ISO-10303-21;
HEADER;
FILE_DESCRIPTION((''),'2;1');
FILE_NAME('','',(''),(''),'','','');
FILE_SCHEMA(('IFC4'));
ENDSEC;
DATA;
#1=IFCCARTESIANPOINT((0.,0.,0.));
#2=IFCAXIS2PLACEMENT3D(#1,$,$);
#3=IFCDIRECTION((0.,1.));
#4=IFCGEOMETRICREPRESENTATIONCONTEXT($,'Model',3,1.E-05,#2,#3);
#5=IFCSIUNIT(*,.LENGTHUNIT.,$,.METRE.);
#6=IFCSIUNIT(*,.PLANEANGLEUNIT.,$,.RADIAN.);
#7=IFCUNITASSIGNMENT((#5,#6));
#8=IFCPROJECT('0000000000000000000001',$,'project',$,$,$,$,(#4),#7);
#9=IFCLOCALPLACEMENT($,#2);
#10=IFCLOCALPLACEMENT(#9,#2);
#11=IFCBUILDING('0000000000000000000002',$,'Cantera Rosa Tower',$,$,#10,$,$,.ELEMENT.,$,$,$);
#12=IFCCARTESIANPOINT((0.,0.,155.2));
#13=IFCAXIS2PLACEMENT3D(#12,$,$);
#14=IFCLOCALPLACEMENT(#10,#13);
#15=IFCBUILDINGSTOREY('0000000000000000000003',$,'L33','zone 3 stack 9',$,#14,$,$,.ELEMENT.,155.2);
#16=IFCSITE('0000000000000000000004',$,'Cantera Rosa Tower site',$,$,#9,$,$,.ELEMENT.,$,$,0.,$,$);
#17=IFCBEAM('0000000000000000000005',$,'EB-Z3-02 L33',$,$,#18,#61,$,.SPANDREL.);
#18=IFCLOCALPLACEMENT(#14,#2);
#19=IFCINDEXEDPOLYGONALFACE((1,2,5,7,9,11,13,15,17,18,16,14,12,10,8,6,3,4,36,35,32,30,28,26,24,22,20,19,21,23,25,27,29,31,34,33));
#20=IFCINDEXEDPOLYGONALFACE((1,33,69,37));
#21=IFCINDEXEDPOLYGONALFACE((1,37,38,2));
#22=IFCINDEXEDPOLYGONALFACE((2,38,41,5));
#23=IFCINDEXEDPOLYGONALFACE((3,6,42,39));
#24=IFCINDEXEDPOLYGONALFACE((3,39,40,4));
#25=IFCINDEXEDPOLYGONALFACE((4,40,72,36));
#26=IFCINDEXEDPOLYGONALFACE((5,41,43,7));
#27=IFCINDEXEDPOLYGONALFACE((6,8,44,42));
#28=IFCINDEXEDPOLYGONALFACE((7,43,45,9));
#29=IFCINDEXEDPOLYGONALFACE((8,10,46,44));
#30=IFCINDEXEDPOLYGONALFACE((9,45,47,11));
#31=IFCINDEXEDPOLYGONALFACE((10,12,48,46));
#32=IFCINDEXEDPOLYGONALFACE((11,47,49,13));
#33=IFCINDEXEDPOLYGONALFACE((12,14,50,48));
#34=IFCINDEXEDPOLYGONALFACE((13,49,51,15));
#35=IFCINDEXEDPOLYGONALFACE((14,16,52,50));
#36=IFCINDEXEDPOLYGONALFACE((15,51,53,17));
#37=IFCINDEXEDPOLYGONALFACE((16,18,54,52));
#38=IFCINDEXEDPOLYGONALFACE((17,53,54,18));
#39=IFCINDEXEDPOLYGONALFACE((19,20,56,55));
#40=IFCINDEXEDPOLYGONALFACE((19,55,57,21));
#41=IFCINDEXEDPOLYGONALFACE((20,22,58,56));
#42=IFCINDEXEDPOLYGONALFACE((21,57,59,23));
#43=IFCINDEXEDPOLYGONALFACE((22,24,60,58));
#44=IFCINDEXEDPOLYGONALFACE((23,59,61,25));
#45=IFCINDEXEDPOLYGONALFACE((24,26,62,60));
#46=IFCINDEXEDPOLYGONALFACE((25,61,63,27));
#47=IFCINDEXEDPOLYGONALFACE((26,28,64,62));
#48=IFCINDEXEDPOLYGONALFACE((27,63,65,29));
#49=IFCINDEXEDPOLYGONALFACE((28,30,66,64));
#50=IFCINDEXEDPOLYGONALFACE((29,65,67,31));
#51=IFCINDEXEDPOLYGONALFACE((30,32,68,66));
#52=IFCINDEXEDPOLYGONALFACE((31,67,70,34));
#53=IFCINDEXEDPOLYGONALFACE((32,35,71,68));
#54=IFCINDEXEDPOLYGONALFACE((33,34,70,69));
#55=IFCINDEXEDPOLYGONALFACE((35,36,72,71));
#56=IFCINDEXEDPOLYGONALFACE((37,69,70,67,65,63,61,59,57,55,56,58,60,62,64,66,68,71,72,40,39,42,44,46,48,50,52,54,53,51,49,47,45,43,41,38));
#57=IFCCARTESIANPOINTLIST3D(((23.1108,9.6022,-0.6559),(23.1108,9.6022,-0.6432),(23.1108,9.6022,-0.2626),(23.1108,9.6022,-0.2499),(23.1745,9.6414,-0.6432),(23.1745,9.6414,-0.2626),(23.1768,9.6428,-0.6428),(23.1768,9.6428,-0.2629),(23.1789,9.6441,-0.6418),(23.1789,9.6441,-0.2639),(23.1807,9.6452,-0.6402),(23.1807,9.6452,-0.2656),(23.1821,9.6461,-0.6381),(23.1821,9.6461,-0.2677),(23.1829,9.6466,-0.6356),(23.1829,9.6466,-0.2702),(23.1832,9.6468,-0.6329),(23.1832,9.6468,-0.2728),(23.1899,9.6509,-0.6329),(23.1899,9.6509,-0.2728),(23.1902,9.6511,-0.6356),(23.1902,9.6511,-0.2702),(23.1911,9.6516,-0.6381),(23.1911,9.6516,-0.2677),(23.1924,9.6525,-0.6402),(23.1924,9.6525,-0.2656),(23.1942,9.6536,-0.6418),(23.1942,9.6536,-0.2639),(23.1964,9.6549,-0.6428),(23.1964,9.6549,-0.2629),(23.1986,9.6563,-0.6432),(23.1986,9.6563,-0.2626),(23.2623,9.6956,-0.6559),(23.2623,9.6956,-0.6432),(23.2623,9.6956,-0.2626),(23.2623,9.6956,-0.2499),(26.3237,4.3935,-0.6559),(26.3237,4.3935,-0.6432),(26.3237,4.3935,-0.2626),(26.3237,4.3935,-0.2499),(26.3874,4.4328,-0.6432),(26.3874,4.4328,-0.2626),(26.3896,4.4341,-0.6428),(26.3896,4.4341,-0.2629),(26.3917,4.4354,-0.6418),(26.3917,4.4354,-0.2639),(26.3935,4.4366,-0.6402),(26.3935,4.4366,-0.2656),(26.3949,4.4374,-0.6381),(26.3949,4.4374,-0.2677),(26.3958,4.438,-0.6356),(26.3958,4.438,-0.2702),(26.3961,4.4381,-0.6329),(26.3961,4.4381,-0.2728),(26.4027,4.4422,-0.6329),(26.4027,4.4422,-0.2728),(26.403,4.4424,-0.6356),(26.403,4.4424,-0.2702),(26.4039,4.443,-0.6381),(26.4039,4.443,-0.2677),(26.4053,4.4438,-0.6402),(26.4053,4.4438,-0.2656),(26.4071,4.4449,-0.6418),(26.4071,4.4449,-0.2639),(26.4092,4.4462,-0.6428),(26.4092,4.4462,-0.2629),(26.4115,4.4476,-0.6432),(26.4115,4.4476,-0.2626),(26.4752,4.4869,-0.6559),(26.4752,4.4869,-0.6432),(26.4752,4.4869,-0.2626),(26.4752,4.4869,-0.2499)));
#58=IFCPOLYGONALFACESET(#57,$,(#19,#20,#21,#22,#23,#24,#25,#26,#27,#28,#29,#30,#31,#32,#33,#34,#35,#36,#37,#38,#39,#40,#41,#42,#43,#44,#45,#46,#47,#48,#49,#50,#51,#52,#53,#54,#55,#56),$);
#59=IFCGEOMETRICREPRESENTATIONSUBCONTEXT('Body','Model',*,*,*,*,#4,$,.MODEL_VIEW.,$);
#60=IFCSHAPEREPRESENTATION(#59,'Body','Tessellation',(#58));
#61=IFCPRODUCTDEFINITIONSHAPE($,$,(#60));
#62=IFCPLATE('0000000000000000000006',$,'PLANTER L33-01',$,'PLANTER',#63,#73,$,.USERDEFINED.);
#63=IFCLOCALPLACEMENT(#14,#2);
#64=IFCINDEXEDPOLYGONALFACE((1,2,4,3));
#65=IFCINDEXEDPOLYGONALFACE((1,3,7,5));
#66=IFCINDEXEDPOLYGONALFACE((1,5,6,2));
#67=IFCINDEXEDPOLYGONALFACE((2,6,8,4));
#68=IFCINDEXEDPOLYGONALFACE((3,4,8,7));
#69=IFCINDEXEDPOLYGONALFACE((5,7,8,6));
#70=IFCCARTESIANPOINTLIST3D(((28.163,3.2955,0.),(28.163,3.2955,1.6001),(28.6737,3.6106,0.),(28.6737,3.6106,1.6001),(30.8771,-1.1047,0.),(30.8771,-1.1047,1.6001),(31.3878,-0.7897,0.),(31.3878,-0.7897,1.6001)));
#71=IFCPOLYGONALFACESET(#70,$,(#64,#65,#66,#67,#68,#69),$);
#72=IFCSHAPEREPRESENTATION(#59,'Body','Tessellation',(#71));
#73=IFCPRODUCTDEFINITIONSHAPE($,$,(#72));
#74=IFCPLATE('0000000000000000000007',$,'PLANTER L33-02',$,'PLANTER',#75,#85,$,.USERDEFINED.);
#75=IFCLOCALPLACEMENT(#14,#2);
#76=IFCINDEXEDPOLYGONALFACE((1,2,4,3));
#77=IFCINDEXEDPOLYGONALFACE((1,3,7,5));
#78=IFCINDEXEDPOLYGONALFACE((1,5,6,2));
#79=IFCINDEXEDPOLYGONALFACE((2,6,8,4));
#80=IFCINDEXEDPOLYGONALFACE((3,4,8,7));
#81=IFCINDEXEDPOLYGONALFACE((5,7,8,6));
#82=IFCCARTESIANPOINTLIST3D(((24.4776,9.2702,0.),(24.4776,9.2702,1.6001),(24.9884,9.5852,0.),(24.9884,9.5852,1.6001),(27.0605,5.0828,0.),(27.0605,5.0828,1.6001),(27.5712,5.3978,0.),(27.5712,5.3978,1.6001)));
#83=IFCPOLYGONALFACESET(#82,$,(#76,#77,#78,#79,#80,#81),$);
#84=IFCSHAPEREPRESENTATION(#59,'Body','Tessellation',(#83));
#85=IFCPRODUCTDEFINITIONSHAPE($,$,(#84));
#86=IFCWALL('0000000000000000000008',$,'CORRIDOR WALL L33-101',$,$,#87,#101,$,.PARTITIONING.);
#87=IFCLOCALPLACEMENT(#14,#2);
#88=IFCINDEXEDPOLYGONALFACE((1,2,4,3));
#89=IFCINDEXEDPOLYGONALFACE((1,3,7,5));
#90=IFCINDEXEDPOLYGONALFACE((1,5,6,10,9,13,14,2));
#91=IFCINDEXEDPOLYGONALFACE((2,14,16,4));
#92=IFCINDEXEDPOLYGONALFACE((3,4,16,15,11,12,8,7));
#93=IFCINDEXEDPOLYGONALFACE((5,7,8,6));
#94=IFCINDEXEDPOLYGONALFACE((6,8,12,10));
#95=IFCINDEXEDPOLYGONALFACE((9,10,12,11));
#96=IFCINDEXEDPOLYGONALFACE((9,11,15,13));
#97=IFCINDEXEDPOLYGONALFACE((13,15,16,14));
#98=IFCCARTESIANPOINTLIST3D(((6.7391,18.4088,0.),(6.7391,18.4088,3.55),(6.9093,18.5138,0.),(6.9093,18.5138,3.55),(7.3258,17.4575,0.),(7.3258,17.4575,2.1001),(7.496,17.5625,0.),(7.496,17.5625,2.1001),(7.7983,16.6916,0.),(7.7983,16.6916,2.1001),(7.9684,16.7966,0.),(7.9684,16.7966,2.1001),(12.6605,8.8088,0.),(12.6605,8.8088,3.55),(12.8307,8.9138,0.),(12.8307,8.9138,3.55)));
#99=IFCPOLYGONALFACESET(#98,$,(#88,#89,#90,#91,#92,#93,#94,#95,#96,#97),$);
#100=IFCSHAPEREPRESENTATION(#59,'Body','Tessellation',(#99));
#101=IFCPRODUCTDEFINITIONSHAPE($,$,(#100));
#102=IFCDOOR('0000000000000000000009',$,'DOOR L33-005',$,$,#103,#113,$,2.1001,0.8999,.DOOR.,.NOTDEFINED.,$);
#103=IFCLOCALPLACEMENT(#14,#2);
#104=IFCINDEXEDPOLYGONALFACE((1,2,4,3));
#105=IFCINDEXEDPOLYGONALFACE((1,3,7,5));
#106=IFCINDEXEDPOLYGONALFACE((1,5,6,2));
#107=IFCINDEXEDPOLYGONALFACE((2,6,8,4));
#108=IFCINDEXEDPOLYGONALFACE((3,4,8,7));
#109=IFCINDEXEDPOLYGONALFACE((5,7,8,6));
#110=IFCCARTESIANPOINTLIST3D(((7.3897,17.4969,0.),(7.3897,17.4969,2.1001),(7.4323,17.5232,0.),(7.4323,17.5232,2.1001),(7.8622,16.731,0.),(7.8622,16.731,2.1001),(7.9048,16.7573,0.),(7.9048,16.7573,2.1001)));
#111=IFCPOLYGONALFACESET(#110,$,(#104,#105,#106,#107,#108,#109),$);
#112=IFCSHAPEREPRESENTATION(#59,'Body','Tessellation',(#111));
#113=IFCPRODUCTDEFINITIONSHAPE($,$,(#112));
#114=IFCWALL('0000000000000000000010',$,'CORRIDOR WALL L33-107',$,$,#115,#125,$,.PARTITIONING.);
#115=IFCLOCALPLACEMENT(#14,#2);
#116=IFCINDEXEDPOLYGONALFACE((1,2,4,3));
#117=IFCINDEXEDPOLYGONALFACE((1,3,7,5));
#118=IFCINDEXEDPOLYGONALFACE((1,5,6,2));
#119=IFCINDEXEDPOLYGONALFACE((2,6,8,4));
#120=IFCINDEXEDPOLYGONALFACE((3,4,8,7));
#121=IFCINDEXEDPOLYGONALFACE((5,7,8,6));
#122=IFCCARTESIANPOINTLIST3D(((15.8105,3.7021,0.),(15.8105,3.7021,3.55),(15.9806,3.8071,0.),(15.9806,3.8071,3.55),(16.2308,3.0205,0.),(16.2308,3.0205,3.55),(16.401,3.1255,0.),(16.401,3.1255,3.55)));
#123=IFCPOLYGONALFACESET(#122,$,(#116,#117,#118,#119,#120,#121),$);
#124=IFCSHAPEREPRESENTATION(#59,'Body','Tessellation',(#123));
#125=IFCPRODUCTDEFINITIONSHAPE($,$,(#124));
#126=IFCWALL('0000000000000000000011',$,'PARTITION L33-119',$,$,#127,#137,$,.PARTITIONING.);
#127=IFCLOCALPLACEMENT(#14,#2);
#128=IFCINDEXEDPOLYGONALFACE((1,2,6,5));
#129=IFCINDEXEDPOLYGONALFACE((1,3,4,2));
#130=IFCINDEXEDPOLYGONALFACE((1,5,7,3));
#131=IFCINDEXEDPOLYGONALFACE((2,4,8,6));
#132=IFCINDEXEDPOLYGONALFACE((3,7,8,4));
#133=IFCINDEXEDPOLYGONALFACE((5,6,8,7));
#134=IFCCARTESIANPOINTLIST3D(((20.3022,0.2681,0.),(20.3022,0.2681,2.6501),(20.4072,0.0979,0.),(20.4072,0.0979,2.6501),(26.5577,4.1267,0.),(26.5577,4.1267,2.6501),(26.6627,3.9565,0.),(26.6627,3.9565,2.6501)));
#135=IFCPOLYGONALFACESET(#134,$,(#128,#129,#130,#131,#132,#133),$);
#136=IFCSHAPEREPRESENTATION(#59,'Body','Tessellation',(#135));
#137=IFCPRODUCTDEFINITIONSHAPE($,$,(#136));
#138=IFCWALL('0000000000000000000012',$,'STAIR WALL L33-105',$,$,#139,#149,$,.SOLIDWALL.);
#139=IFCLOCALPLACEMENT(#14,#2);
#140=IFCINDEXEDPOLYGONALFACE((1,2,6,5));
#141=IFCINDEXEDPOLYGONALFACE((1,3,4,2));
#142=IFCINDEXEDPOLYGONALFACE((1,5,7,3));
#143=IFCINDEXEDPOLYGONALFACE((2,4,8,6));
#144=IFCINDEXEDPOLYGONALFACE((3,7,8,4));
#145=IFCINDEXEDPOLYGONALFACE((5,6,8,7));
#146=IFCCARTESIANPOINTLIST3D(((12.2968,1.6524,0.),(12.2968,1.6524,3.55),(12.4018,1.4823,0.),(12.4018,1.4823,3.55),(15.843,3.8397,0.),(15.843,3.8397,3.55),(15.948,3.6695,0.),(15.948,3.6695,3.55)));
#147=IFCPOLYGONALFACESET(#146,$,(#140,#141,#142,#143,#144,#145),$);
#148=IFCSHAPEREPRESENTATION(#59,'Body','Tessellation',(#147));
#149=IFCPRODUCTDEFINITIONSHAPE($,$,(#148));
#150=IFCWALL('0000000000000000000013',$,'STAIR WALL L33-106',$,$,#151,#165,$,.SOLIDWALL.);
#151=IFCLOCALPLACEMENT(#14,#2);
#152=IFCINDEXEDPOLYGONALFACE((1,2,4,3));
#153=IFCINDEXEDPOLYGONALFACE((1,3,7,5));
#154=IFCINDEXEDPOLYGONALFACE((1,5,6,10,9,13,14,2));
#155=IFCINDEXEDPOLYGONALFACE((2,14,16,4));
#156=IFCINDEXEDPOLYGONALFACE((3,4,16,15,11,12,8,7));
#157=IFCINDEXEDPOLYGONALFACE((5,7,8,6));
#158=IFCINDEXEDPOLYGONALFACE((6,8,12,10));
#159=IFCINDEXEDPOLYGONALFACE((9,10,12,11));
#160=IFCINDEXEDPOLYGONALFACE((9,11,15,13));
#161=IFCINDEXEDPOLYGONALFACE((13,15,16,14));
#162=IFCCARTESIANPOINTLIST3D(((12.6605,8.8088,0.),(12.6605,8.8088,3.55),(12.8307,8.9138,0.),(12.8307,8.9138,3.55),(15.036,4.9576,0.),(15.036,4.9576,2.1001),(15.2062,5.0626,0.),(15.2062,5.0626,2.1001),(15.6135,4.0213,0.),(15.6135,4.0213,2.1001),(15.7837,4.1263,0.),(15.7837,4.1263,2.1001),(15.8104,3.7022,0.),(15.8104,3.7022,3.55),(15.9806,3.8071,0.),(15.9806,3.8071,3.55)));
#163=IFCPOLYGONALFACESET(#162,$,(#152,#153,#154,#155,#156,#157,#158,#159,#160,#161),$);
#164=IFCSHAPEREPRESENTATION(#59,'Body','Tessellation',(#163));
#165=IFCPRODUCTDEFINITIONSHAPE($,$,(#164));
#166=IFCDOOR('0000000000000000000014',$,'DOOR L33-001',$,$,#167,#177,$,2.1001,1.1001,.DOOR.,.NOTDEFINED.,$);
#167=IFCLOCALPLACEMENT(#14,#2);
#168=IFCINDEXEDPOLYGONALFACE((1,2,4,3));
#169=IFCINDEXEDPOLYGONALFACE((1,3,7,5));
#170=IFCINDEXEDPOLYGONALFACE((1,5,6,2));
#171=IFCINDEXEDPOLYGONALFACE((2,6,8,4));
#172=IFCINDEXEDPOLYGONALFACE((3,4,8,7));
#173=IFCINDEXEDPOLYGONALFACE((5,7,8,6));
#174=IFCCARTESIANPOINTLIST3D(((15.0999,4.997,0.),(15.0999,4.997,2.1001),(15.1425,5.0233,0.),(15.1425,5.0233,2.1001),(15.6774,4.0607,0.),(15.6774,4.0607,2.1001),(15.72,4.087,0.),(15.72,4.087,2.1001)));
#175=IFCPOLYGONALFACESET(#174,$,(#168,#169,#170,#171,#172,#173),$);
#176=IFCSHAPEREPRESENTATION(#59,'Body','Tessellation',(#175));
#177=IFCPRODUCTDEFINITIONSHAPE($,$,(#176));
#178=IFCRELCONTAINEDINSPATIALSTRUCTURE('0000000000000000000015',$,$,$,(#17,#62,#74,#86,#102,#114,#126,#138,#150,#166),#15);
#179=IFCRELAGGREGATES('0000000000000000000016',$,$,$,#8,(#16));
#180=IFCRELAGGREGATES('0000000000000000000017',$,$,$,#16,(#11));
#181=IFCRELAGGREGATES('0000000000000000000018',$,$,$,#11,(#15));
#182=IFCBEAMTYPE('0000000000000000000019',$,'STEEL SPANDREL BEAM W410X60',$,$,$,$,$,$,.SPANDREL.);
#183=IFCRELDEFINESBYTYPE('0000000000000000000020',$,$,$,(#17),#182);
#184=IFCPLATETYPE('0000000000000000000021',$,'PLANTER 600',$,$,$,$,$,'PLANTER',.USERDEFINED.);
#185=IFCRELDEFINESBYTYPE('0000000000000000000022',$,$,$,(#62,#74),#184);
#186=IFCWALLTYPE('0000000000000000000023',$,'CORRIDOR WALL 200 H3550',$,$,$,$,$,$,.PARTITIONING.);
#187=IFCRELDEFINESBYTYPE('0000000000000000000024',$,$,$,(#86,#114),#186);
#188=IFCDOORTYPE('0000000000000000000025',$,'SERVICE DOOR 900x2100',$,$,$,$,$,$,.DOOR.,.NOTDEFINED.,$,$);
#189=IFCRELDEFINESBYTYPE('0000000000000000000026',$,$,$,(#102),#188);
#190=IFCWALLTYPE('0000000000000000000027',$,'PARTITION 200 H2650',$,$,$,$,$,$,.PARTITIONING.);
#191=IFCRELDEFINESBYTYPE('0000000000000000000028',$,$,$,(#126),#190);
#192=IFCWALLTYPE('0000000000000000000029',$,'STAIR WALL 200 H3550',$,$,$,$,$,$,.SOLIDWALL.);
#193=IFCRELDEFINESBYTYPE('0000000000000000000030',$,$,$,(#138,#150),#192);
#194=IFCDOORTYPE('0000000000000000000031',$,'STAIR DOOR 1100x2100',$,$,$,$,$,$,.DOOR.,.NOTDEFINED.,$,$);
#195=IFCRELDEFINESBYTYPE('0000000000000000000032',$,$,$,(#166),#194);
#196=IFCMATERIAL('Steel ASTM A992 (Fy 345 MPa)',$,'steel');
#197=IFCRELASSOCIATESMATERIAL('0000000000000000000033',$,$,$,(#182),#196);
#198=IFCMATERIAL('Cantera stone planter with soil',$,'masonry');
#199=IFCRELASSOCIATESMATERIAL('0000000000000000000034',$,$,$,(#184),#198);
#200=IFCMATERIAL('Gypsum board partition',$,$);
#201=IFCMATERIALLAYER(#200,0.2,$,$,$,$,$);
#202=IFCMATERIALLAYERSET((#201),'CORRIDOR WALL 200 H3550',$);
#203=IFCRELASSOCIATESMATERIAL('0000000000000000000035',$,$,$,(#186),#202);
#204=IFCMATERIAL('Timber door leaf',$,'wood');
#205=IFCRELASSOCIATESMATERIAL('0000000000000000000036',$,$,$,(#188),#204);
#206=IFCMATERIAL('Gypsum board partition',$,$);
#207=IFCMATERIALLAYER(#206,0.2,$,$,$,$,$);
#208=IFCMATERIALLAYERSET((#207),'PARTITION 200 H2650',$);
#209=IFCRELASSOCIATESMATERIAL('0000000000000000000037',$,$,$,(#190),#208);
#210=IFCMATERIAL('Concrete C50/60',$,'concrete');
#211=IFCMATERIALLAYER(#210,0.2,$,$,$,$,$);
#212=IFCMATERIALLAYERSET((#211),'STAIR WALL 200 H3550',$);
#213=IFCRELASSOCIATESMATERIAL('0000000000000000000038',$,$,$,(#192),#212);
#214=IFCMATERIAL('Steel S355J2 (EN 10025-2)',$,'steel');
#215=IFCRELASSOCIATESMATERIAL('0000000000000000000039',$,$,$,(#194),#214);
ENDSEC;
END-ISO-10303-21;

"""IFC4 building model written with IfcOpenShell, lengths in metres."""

from ifc_helpers import new_model, si_unit, direction, frame, frame_2d, origin, origin_2d, place, context, subcontext, project, spatial, rectangle, i_section, extrude, material, layer, layer_set, material_profile, profile_set, type_object, element, fill, save


model = new_model("IFC4")

# Units and contexts
model_context = context("Model", 3, precision=1e-05, world=origin(), true_north=direction((0.0, 1.0)))
body_context = subcontext(model_context, "Body", "Model", "MODEL_VIEW")
ifc_project = project(units=[si_unit("LENGTHUNIT", "METRE"), si_unit("PLANEANGLEUNIT", "RADIAN")], contexts=[model_context])

# Site, building, storey
site_placement = place(None, origin())
site = spatial("IfcSite", under=ifc_project, at=site_placement, Name="Cantera Rosa Tower site", CompositionType="ELEMENT", RefElevation=0.0)
building_placement = place(site_placement, origin())
building = spatial("IfcBuilding", under=site, at=building_placement, Name="Cantera Rosa Tower", CompositionType="ELEMENT")
storey_placement = place(building_placement, frame((0.0, 0.0, 155.2)))
storey = spatial("IfcBuildingStorey", under=building, at=storey_placement, Name="L33", Description="zone 3 stack 9", CompositionType="ELEMENT", Elevation=155.2)

# Beam
ifc_material_1 = material(Name="Steel ASTM A992 (Fy 345 MPa)", Category="steel")
ifc_material_profile_1 = material_profile(ifc_material_1, i_section(OverallWidth=0.178, OverallDepth=0.406, WebThickness=0.0078, FlangeThickness=0.0127, FilletRadius=0.0103, at=origin_2d()), Name="W410X60")
ifc_profile_set_1 = profile_set([ifc_material_profile_1], Name="Steel ASTM A992 (Fy 345 MPa)")
beam_type_1 = type_object("IfcBeamType", Name="STEEL SPANDREL BEAM W410X60", PredefinedType="SPANDREL", material=ifc_profile_set_1)
beam_1_placement = place(storey_placement, frame((26.3994, 4.4402, -0.4529), z_axis=(-0.524987, 0.85111, 0.0), x_axis=(-0.85111, -0.524987, 0.0)))
element("IfcBeam", 1, at=beam_1_placement, inside=storey, type_object=beam_type_1, Name="EB-Z3-02 L33", PredefinedType="SPANDREL", context=body_context, shape_type="SweptSolid", body=[
    extrude(i_section(OverallWidth=0.178, OverallDepth=0.406, WebThickness=0.0078, FlangeThickness=0.0127, FilletRadius=0.0103, at=origin_2d()), origin(), (0.0, 0.0, 1.0), 6.1199),
])

# Plates
ifc_material_2 = material(Name="Cantera stone planter with soil", Category="masonry")
plate_type = type_object("IfcPlateType", Name="PLANTER 600", ElementType="PLANTER", PredefinedType="USERDEFINED", material=ifc_material_2)
plate_1_placement = place(storey_placement, frame((29.7754, 1.2529, 0.0), z_axis=(0.0, 0.0, 1.0), x_axis=(-0.524977, 0.851117, 0.0)))
element("IfcPlate", 2, at=plate_1_placement, inside=storey, type_object=plate_type, Name="PLANTER L33-01", ObjectType="PLANTER", PredefinedType="USERDEFINED", context=body_context, shape_type="SweptSolid", body=[
    extrude(rectangle(XDim=5.1699, YDim=0.6001, at=origin_2d()), origin(), (0.0, 0.0, 1.0), 1.6001),
])
plate_2_placement = place(storey_placement, frame((26.0244, 7.334, 0.0), z_axis=(0.0, 0.0, 1.0), x_axis=(-0.524977, 0.851117, 0.0)))
element("IfcPlate", 3, at=plate_2_placement, inside=storey, type_object=plate_type, Name="PLANTER L33-02", ObjectType="PLANTER", PredefinedType="USERDEFINED", context=body_context, shape_type="SweptSolid", body=[
    extrude(rectangle(XDim=4.9199, YDim=0.6001, at=origin_2d()), origin(), (0.0, 0.0, 1.0), 1.6001),
])

# Wall, opening, door
ifc_material_3 = material(Name="Gypsum board partition")
ifc_layer_1 = layer(ifc_material_3, 0.2)
ifc_layer_set_1 = layer_set([ifc_layer_1], Name="CORRIDOR WALL 200 H3550")
wall_type_1 = type_object("IfcWallType", Name="CORRIDOR WALL 200 H3550", PredefinedType="PARTITIONING", material=ifc_layer_set_1)
wall_1_placement = place(storey_placement, frame((12.7456, 8.8613, 0.0), z_axis=(0.0, 0.0, 1.0), x_axis=(-0.524984, 0.851112, 0.0)))
wall_1 = element("IfcWall", 4, at=wall_1_placement, inside=storey, type_object=wall_type_1, Name="CORRIDOR WALL L33-101", PredefinedType="PARTITIONING", context=body_context, shape_type="SweptSolid", body=[
    extrude(rectangle(XDim=11.2793, YDim=0.2, at=frame_2d((5.6396, 0.0))), origin(), (0.0, 0.0, 1.0), 3.55),
])
opening_1_placement = place(wall_1_placement, frame((9.2617, 0.0, 0.0)))
opening_1 = element("IfcOpeningElement", 5, at=opening_1_placement, cuts=wall_1, PredefinedType="OPENING", context=body_context, shape_type="SweptSolid", body=[
    extrude(rectangle(XDim=0.8999, YDim=2.1001, at=frame_2d((0.45, 1.05))), frame((0.0, 0.1099, 0.0), z_axis=(0.0, -1.0, 0.0), x_axis=(1.0, 0.0, 0.0)), (0.0, 0.0, 1.0), 0.22),
])
ifc_material_4 = material(Name="Timber door leaf", Category="wood")
door_type_1 = type_object("IfcDoorType", Name="SERVICE DOOR 900x2100", OperationType="NOTDEFINED", PredefinedType="DOOR", material=ifc_material_4)
door_1_placement = place(opening_1_placement, origin())
door_1 = element("IfcDoor", 6, at=door_1_placement, inside=storey, type_object=door_type_1, Name="DOOR L33-005", OperationType="NOTDEFINED", OverallHeight=2.1001, OverallWidth=0.8999, PredefinedType="DOOR", context=body_context, shape_type="SweptSolid", body=[
    extrude(rectangle(XDim=0.8999, YDim=2.1001, at=frame_2d((0.45, 1.05))), frame((0.0, 0.0249, 0.0), z_axis=(0.0, -1.0, 0.0), x_axis=(1.0, 0.0, 0.0)), (0.0, 0.0, 1.0), 0.05),
])
fill(opening_1, door_1)

# Wall
wall_2_placement = place(storey_placement, frame((16.3159, 3.073, 0.0), z_axis=(0.0, 0.0, 1.0), x_axis=(-0.524948, 0.851135, 0.0)))
element("IfcWall", 7, at=wall_2_placement, inside=storey, type_object=wall_type_1, Name="CORRIDOR WALL L33-107", PredefinedType="PARTITIONING", context=body_context, shape_type="SweptSolid", body=[
    extrude(rectangle(XDim=0.8008, YDim=0.2, at=frame_2d((0.4004, 0.0))), origin(), (0.0, 0.0, 1.0), 3.55),
])

# Walls
ifc_material_5 = material(Name="Gypsum board partition")
ifc_layer_2 = layer(ifc_material_5, 0.2)
ifc_layer_set_2 = layer_set([ifc_layer_2], Name="PARTITION 200 H2650")
wall_type_2 = type_object("IfcWallType", Name="PARTITION 200 H2650", PredefinedType="PARTITIONING", material=ifc_layer_set_2)
wall_3_placement = place(storey_placement, frame((26.6101, 4.0415, 0.0), z_axis=(0.0, 0.0, 1.0), x_axis=(-0.851109, -0.524989, 0.0)))
element("IfcWall", 8, at=wall_3_placement, inside=storey, type_object=wall_type_2, Name="PARTITION L33-119", PredefinedType="PARTITIONING", context=body_context, shape_type="SweptSolid", body=[
    extrude(rectangle(XDim=7.3499, YDim=0.2, at=frame_2d((3.6748, 0.0))), origin(), (0.0, 0.0, 1.0), 2.6501),
])
ifc_material_6 = material(Name="Concrete C50/60", Category="concrete")
ifc_layer_3 = layer(ifc_material_6, 0.2)
ifc_layer_set_3 = layer_set([ifc_layer_3], Name="STAIR WALL 200 H3550")
wall_type_3 = type_object("IfcWallType", Name="STAIR WALL 200 H3550", PredefinedType="SOLIDWALL", material=ifc_layer_set_3)
wall_4_placement = place(storey_placement, frame((15.8955, 3.7546, 0.0), z_axis=(0.0, 0.0, 1.0), x_axis=(-0.851121, -0.52497, 0.0)))
element("IfcWall", 9, at=wall_4_placement, inside=storey, type_object=wall_type_3, Name="STAIR WALL L33-105", PredefinedType="SOLIDWALL", context=body_context, shape_type="SweptSolid", body=[
    extrude(rectangle(XDim=4.1665, YDim=0.2, at=frame_2d((2.0833, 0.0))), origin(), (0.0, 0.0, 1.0), 3.55),
])

# Wall, opening, door
wall_5_placement = place(storey_placement, frame((15.8955, 3.7546, 0.0), z_axis=(0.0, 0.0, 1.0), x_axis=(-0.524983, 0.851113, 0.0)))
wall_5 = element("IfcWall", 10, at=wall_5_placement, inside=storey, type_object=wall_type_3, Name="STAIR WALL L33-106", PredefinedType="SOLIDWALL", context=body_context, shape_type="SweptSolid", body=[
    extrude(rectangle(XDim=6.0, YDim=0.2, at=frame_2d((3.0, 0.0))), origin(), (0.0, 0.0, 1.0), 3.55),
])
opening_2_placement = place(wall_5_placement, frame((0.375, 0.0, 0.0)))
opening_2 = element("IfcOpeningElement", 11, at=opening_2_placement, cuts=wall_5, PredefinedType="OPENING", context=body_context, shape_type="SweptSolid", body=[
    extrude(rectangle(XDim=1.1001, YDim=2.1001, at=frame_2d((0.55, 1.05))), frame((0.0, 0.1099, 0.0), z_axis=(0.0, -1.0, 0.0), x_axis=(1.0, 0.0, 0.0)), (0.0, 0.0, 1.0), 0.22),
])
ifc_material_7 = material(Name="Steel S355J2 (EN 10025-2)", Category="steel")
door_type_2 = type_object("IfcDoorType", Name="STAIR DOOR 1100x2100", OperationType="NOTDEFINED", PredefinedType="DOOR", material=ifc_material_7)
door_2_placement = place(opening_2_placement, origin())
door_2 = element("IfcDoor", 12, at=door_2_placement, inside=storey, type_object=door_type_2, Name="DOOR L33-001", OperationType="NOTDEFINED", OverallHeight=2.1001, OverallWidth=1.1001, PredefinedType="DOOR", context=body_context, shape_type="SweptSolid", body=[
    extrude(rectangle(XDim=1.1001, YDim=2.1001, at=frame_2d((0.55, 1.05))), frame((0.0, 0.0249, 0.0), z_axis=(0.0, -1.0, 0.0), x_axis=(1.0, 0.0, 0.0)), (0.0, 0.0, 1.0), 0.05),
])
fill(opening_2, door_2)

save(model, "model.ifc")
